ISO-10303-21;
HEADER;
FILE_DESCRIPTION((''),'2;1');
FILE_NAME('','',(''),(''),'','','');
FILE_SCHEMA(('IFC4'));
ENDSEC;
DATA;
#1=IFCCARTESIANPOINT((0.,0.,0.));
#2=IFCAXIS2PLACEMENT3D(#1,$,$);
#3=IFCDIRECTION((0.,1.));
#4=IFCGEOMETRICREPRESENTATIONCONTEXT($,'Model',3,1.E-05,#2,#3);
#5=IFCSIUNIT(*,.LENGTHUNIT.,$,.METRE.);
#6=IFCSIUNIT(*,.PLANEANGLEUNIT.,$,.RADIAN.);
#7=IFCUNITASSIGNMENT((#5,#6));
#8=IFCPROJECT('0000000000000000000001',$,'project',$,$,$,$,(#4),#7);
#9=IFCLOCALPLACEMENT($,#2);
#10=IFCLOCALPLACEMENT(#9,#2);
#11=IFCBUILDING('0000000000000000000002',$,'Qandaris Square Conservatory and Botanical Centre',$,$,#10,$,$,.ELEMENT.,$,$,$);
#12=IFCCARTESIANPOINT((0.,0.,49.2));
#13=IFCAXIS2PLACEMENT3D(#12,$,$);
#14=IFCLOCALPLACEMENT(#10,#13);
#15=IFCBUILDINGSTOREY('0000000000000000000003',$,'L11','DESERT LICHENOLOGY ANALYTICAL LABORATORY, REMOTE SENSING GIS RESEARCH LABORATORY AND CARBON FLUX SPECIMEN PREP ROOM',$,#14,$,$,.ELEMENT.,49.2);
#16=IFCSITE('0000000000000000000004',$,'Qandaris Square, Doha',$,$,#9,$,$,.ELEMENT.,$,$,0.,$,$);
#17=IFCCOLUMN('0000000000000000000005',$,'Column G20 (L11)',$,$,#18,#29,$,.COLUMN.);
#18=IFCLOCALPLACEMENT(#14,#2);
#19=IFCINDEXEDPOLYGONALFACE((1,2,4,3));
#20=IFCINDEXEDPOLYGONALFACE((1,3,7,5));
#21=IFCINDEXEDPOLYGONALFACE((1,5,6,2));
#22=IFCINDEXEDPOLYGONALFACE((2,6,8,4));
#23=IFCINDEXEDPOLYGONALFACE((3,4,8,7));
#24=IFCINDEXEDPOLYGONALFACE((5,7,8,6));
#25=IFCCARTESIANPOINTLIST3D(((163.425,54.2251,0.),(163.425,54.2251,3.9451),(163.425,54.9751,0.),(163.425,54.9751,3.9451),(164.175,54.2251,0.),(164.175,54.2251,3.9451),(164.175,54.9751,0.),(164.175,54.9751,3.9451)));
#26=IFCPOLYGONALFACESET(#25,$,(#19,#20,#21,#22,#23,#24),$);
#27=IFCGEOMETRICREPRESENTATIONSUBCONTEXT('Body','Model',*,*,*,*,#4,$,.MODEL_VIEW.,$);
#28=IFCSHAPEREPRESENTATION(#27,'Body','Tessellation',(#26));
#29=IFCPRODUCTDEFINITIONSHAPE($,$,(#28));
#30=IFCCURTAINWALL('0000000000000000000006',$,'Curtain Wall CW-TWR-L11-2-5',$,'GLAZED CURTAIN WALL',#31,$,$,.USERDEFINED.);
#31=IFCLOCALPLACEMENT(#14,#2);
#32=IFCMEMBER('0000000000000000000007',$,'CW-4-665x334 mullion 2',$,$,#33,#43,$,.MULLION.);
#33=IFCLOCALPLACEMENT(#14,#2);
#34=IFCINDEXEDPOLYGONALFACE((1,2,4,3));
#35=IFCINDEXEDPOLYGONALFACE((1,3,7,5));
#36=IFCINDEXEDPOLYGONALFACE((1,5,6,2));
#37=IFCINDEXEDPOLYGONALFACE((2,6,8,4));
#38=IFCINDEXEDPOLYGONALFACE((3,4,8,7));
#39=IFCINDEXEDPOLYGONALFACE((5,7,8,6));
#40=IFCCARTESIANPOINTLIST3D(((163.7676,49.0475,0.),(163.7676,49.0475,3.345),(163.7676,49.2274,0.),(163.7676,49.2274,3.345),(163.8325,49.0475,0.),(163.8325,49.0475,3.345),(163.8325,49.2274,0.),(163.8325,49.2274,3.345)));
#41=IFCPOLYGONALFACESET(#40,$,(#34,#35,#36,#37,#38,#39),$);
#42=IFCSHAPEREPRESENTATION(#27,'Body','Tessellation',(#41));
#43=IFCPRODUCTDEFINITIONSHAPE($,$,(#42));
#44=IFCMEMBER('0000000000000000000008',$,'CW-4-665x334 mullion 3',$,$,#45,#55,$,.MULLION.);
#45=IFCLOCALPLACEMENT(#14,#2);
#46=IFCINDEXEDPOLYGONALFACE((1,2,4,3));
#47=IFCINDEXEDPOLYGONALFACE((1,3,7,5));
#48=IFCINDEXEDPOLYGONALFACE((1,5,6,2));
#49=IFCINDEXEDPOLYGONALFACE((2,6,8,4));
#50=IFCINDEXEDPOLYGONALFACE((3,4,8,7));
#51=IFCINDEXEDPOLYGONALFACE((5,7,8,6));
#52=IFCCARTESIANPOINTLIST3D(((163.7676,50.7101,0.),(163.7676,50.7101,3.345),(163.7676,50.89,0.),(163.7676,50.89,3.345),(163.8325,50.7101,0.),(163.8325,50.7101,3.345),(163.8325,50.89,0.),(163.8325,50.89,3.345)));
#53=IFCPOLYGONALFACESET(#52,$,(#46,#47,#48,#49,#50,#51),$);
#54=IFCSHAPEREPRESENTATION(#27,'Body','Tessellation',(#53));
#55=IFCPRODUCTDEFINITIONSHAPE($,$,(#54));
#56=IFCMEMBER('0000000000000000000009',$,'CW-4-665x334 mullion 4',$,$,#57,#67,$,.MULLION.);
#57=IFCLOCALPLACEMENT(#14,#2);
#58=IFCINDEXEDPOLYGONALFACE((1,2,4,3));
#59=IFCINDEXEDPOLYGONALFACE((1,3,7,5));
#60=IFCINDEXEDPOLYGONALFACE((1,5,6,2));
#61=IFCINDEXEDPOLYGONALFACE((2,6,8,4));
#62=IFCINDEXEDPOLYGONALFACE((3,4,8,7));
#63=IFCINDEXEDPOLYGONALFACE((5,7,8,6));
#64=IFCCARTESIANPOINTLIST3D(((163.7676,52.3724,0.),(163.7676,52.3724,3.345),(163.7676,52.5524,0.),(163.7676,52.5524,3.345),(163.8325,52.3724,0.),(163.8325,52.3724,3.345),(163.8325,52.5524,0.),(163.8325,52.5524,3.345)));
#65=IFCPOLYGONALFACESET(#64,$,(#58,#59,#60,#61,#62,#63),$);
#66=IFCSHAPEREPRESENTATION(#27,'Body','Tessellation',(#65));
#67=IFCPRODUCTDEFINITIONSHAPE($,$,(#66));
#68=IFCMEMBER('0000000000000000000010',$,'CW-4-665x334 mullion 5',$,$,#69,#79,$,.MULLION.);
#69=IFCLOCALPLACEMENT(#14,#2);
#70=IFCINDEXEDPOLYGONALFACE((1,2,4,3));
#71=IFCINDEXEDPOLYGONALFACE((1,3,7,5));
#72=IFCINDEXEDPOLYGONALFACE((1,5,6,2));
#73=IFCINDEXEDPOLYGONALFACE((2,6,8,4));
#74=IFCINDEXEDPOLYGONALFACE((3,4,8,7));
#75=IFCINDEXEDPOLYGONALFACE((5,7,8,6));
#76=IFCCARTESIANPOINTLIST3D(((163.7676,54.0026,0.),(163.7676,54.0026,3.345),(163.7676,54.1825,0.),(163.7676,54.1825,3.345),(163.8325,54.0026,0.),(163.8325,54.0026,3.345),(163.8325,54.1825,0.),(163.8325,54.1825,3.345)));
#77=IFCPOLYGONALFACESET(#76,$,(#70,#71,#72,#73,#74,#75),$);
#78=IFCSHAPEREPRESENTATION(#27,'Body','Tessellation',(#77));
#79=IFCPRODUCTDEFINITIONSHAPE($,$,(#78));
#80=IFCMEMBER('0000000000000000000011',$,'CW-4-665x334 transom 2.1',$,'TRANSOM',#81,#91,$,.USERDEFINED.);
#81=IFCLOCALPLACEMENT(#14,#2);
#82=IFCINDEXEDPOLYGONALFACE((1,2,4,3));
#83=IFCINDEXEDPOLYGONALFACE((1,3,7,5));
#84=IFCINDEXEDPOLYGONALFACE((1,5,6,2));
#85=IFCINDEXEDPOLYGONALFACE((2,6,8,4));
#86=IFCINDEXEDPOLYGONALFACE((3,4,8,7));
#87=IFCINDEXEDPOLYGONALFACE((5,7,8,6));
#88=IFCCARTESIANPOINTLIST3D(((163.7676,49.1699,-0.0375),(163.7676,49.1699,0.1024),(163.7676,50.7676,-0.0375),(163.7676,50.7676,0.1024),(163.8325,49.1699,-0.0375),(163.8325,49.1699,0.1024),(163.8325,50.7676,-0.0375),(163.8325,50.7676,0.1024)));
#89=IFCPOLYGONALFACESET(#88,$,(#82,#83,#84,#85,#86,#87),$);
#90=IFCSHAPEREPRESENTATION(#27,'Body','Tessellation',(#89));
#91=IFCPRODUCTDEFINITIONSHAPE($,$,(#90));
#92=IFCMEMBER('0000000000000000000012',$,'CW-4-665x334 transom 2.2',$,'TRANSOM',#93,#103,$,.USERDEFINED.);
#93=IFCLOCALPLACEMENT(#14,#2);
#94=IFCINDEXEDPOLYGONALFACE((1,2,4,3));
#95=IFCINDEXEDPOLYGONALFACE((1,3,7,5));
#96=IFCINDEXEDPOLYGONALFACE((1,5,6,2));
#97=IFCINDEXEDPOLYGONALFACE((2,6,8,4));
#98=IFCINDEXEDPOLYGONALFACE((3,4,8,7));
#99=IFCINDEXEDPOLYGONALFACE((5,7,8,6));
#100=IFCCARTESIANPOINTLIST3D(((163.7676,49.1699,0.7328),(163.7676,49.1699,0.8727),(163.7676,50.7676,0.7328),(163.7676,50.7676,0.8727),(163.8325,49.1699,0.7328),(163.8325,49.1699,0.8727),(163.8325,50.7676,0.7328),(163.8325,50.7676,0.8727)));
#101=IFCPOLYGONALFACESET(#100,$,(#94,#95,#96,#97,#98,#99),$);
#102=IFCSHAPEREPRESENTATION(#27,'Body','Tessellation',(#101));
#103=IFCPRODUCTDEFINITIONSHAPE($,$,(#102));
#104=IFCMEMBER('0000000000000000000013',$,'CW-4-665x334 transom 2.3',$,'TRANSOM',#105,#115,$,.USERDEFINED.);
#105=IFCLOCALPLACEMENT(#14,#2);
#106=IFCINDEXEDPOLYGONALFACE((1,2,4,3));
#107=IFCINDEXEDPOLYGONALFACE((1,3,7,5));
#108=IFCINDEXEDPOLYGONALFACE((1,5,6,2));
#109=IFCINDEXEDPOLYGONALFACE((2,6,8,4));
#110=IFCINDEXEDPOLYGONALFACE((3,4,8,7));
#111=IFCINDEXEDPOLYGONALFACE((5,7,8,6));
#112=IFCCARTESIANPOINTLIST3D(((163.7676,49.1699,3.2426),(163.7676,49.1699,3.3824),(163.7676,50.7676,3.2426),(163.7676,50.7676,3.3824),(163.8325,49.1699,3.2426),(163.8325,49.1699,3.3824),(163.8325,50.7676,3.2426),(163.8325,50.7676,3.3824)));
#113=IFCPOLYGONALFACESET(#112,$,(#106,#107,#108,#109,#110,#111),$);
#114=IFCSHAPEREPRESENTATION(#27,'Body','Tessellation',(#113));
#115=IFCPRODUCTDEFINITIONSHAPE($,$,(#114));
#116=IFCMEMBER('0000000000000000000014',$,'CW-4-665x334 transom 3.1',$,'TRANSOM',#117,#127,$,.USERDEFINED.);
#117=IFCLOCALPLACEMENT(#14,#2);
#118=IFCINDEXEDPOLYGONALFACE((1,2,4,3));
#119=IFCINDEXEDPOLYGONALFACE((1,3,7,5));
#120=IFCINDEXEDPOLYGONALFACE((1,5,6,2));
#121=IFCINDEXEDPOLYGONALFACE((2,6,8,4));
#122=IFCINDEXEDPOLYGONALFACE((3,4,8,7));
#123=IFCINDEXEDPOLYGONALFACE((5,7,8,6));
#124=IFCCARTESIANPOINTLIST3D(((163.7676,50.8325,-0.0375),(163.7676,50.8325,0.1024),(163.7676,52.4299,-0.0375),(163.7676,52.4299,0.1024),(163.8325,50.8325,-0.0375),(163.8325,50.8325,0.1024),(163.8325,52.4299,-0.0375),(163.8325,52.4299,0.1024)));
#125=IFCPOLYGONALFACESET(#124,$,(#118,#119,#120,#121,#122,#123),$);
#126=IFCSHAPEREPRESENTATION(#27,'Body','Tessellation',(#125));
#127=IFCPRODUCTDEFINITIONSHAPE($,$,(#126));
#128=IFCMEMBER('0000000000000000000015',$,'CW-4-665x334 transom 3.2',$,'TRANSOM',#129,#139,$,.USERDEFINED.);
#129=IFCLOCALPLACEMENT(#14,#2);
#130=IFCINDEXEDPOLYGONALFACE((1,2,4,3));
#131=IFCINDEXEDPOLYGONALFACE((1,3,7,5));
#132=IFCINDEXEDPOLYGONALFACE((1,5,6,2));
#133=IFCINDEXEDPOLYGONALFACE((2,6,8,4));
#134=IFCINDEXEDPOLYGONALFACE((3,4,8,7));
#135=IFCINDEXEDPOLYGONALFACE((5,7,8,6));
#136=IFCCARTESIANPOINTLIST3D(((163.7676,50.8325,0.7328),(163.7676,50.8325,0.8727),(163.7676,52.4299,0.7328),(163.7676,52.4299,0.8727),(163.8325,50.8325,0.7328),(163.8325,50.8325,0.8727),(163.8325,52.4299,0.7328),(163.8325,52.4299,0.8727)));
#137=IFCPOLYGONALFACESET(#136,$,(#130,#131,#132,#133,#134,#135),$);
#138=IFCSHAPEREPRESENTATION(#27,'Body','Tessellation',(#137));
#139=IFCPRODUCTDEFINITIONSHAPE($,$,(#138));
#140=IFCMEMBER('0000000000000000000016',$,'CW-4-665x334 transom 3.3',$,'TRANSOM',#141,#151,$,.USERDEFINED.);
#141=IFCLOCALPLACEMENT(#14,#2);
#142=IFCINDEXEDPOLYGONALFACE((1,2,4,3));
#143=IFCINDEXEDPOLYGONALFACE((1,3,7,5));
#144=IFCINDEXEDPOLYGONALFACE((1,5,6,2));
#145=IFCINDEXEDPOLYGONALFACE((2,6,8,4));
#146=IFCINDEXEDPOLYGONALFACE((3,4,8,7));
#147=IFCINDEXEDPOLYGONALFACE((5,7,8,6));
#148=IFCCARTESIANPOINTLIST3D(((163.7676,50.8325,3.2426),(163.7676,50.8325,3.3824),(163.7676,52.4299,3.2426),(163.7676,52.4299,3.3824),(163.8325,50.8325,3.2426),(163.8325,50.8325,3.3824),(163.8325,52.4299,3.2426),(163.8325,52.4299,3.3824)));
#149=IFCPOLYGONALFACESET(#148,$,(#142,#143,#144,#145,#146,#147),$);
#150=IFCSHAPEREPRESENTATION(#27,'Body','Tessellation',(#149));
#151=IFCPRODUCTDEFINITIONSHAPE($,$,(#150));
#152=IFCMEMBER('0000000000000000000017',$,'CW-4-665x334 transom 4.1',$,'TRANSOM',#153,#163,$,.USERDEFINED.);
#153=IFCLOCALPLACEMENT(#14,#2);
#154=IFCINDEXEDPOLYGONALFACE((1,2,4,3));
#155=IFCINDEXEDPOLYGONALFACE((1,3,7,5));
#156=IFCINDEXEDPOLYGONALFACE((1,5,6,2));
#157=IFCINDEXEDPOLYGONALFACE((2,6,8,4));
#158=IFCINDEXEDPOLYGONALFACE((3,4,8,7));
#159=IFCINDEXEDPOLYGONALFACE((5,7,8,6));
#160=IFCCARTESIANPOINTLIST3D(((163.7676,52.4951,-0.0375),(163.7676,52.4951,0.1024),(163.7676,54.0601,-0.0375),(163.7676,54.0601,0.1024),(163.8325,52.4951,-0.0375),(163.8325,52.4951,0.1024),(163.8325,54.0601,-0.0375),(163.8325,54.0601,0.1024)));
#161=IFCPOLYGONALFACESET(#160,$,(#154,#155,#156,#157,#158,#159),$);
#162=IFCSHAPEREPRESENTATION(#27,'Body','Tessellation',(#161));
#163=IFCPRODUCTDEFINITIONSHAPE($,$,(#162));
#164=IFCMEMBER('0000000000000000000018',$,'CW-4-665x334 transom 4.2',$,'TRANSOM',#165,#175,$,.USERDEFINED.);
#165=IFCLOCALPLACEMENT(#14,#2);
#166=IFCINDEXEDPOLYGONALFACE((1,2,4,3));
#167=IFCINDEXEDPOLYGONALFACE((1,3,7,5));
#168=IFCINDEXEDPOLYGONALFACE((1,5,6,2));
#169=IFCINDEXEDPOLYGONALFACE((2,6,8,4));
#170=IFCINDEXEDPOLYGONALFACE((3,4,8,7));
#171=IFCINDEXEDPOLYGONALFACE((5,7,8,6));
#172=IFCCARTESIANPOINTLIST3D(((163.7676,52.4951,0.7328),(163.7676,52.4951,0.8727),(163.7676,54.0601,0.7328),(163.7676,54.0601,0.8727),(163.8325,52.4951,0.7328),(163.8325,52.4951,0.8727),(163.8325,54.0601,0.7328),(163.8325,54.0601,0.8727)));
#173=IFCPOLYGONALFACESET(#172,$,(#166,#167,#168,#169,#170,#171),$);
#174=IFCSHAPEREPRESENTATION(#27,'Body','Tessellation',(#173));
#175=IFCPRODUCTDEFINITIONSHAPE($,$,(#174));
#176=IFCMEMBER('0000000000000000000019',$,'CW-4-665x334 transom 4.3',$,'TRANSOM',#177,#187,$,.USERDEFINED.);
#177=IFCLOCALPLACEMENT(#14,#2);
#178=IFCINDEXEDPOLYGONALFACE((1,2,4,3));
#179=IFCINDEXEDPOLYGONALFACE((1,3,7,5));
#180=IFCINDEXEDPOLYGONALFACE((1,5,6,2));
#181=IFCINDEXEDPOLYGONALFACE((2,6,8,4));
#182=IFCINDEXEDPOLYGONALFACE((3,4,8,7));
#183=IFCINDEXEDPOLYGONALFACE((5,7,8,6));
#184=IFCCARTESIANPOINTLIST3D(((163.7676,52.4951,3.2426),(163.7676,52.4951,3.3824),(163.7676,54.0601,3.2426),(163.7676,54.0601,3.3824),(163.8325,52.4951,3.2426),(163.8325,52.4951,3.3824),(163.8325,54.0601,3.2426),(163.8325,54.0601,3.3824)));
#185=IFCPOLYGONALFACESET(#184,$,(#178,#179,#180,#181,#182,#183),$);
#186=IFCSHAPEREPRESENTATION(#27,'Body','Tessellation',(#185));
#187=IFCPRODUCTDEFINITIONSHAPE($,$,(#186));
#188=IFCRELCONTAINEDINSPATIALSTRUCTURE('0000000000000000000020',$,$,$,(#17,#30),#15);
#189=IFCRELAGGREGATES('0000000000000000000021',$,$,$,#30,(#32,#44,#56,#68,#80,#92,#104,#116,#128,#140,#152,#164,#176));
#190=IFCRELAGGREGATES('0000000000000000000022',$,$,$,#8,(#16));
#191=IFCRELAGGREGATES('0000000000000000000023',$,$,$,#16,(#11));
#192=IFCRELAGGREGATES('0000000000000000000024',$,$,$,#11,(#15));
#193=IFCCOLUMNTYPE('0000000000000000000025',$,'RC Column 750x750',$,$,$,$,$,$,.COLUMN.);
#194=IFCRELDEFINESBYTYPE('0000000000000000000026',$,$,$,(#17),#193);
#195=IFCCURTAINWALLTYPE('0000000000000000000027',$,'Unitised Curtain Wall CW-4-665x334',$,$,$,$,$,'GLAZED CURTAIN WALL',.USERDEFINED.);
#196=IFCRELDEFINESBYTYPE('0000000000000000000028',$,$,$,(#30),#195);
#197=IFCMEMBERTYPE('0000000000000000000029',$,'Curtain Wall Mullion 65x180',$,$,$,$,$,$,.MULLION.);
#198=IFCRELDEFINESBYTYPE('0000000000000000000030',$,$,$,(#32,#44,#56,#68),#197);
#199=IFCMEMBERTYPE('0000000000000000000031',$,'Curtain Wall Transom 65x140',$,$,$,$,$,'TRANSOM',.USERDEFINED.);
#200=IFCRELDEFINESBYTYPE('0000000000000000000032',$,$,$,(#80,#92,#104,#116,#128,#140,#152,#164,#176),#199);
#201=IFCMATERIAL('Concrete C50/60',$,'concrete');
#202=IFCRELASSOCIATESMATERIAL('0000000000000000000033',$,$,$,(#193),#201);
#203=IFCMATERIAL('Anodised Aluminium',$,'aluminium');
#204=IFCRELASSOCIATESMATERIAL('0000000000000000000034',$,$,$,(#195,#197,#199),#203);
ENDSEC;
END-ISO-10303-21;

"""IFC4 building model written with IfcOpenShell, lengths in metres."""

from ifc_helpers import new_model, si_unit, direction, frame, origin, origin_2d, place, context, subcontext, project, spatial, rectangle, extrude, material, material_profile, profile_set, type_object, element, aggregate, save


model = new_model("IFC4")

# Units and contexts
model_context = context("Model", 3, precision=1e-05, world=origin(), true_north=direction((0.0, 1.0)))
body_context = subcontext(model_context, "Body", "Model", "MODEL_VIEW")
ifc_project = project(units=[si_unit("LENGTHUNIT", "METRE"), si_unit("PLANEANGLEUNIT", "RADIAN")], contexts=[model_context])

# Site, building, storey
site_placement = place(None, origin())
site = spatial("IfcSite", under=ifc_project, at=site_placement, Name="Qandaris Square, Doha", CompositionType="ELEMENT", RefElevation=0.0)
building_placement = place(site_placement, origin())
building = spatial("IfcBuilding", under=site, at=building_placement, Name="Qandaris Square Conservatory and Botanical Centre", CompositionType="ELEMENT")
storey_placement = place(building_placement, frame((0.0, 0.0, 49.2)))
storey = spatial("IfcBuildingStorey", under=building, at=storey_placement, Name="L11", Description="DESERT LICHENOLOGY ANALYTICAL LABORATORY, REMOTE SENSING GIS RESEARCH LABORATORY AND CARBON FLUX SPECIMEN PREP ROOM", CompositionType="ELEMENT", Elevation=49.2)

# Column
ifc_material_1 = material(Name="Concrete C50/60", Category="concrete")
ifc_material_profile_1 = material_profile(ifc_material_1, rectangle(XDim=0.75, YDim=0.75, at=origin_2d()), Name="RC-COL 750x750")
ifc_profile_set_1 = profile_set([ifc_material_profile_1], Name="Concrete C50/60")
column_type = type_object("IfcColumnType", Name="RC Column 750x750", PredefinedType="COLUMN", material=ifc_profile_set_1)
column_placement = place(storey_placement, frame((163.8, 54.6001, 0.0), z_axis=(0.0, 0.0, 1.0), x_axis=(1.0, 0.0, 0.0)))
element("IfcColumn", 1, at=column_placement, inside=storey, type_object=column_type, Name="Column G20 (L11)", PredefinedType="COLUMN", context=body_context, shape_type="SweptSolid", body=[
    extrude(rectangle(XDim=0.75, YDim=0.75, at=origin_2d()), origin(), (0.0, 0.0, 1.0), 3.9451),
])

# Curtain wall, members
ifc_material_2 = material(Name="Anodised Aluminium", Category="aluminium")
curtain_wall_type = type_object("IfcCurtainWallType", Name="Unitised Curtain Wall CW-4-665x334", ElementType="GLAZED CURTAIN WALL", PredefinedType="USERDEFINED", material=ifc_material_2)
curtain_wall_placement = place(storey_placement, origin())
curtain_wall = element("IfcCurtainWall", 2, at=curtain_wall_placement, inside=storey, type_object=curtain_wall_type, Name="Curtain Wall CW-TWR-L11-2-5", ObjectType="GLAZED CURTAIN WALL", PredefinedType="USERDEFINED")
ifc_material_profile_2 = material_profile(ifc_material_2, rectangle(XDim=0.0649, YDim=0.1799, at=origin_2d()), Name="ALU-MUL 65x180")
ifc_profile_set_2 = profile_set([ifc_material_profile_2], Name="Anodised Aluminium")
member_type_1 = type_object("IfcMemberType", Name="Curtain Wall Mullion 65x180", PredefinedType="MULLION", material=ifc_profile_set_2)
member_1_placement = place(storey_placement, frame((163.8, 49.1375, 0.0), z_axis=(0.0, 0.0, 1.0), x_axis=(-1.0, 0.0, 0.0)))
member_1 = element("IfcMember", 3, at=member_1_placement, type_object=member_type_1, Name="CW-4-665x334 mullion 2", PredefinedType="MULLION", context=body_context, shape_type="SweptSolid", body=[
    extrude(rectangle(XDim=0.0649, YDim=0.1799, at=origin_2d()), origin(), (0.0, 0.0, 1.0), 3.345),
])
member_2_placement = place(storey_placement, frame((163.8, 50.8, 0.0), z_axis=(0.0, 0.0, 1.0), x_axis=(-1.0, 0.0, 0.0)))
member_2 = element("IfcMember", 4, at=member_2_placement, type_object=member_type_1, Name="CW-4-665x334 mullion 3", PredefinedType="MULLION", context=body_context, shape_type="SweptSolid", body=[
    extrude(rectangle(XDim=0.0649, YDim=0.1799, at=origin_2d()), origin(), (0.0, 0.0, 1.0), 3.345),
])
member_3_placement = place(storey_placement, frame((163.8, 52.4624, 0.0), z_axis=(0.0, 0.0, 1.0), x_axis=(-1.0, 0.0, 0.0)))
member_3 = element("IfcMember", 5, at=member_3_placement, type_object=member_type_1, Name="CW-4-665x334 mullion 4", PredefinedType="MULLION", context=body_context, shape_type="SweptSolid", body=[
    extrude(rectangle(XDim=0.0649, YDim=0.1799, at=origin_2d()), origin(), (0.0, 0.0, 1.0), 3.345),
])
member_4_placement = place(storey_placement, frame((163.8, 54.0925, 0.0), z_axis=(0.0, 0.0, 1.0), x_axis=(-1.0, 0.0, 0.0)))
member_4 = element("IfcMember", 6, at=member_4_placement, type_object=member_type_1, Name="CW-4-665x334 mullion 5", PredefinedType="MULLION", context=body_context, shape_type="SweptSolid", body=[
    extrude(rectangle(XDim=0.0649, YDim=0.1799, at=origin_2d()), origin(), (0.0, 0.0, 1.0), 3.345),
])
ifc_material_profile_3 = material_profile(ifc_material_2, rectangle(XDim=0.0649, YDim=0.1399, at=origin_2d()), Name="ALU-TRN 65x140")
ifc_profile_set_3 = profile_set([ifc_material_profile_3], Name="Anodised Aluminium")
member_type_2 = type_object("IfcMemberType", Name="Curtain Wall Transom 65x140", ElementType="TRANSOM", PredefinedType="USERDEFINED", material=ifc_profile_set_3)
member_5_placement = place(storey_placement, frame((163.8, 49.1699, 0.0325), z_axis=(0.0, 1.0, 0.0), x_axis=(-1.0, 0.0, 0.0)))
member_5 = element("IfcMember", 7, at=member_5_placement, type_object=member_type_2, Name="CW-4-665x334 transom 2.1", ObjectType="TRANSOM", PredefinedType="USERDEFINED", context=body_context, shape_type="SweptSolid", body=[
    extrude(rectangle(XDim=0.0649, YDim=0.1399, at=origin_2d()), origin(), (0.0, 0.0, 1.0), 1.5977),
])
member_6_placement = place(storey_placement, frame((163.8, 49.1699, 0.8027), z_axis=(0.0, 1.0, 0.0), x_axis=(-1.0, 0.0, 0.0)))
member_6 = element("IfcMember", 8, at=member_6_placement, type_object=member_type_2, Name="CW-4-665x334 transom 2.2", ObjectType="TRANSOM", PredefinedType="USERDEFINED", context=body_context, shape_type="SweptSolid", body=[
    extrude(rectangle(XDim=0.0649, YDim=0.1399, at=origin_2d()), origin(), (0.0, 0.0, 1.0), 1.5977),
])
member_7_placement = place(storey_placement, frame((163.8, 49.1699, 3.3125), z_axis=(0.0, 1.0, 0.0), x_axis=(-1.0, 0.0, 0.0)))
member_7 = element("IfcMember", 9, at=member_7_placement, type_object=member_type_2, Name="CW-4-665x334 transom 2.3", ObjectType="TRANSOM", PredefinedType="USERDEFINED", context=body_context, shape_type="SweptSolid", body=[
    extrude(rectangle(XDim=0.0649, YDim=0.1399, at=origin_2d()), origin(), (0.0, 0.0, 1.0), 1.5977),
])
member_8_placement = place(storey_placement, frame((163.8, 50.8325, 0.0325), z_axis=(0.0, 1.0, 0.0), x_axis=(-1.0, 0.0, 0.0)))
member_8 = element("IfcMember", 10, at=member_8_placement, type_object=member_type_2, Name="CW-4-665x334 transom 3.1", ObjectType="TRANSOM", PredefinedType="USERDEFINED", context=body_context, shape_type="SweptSolid", body=[
    extrude(rectangle(XDim=0.0649, YDim=0.1399, at=origin_2d()), origin(), (0.0, 0.0, 1.0), 1.5974),
])
member_9_placement = place(storey_placement, frame((163.8, 50.8325, 0.8027), z_axis=(0.0, 1.0, 0.0), x_axis=(-1.0, 0.0, 0.0)))
member_9 = element("IfcMember", 11, at=member_9_placement, type_object=member_type_2, Name="CW-4-665x334 transom 3.2", ObjectType="TRANSOM", PredefinedType="USERDEFINED", context=body_context, shape_type="SweptSolid", body=[
    extrude(rectangle(XDim=0.0649, YDim=0.1399, at=origin_2d()), origin(), (0.0, 0.0, 1.0), 1.5974),
])
member_10_placement = place(storey_placement, frame((163.8, 50.8325, 3.3125), z_axis=(0.0, 1.0, 0.0), x_axis=(-1.0, 0.0, 0.0)))
member_10 = element("IfcMember", 12, at=member_10_placement, type_object=member_type_2, Name="CW-4-665x334 transom 3.3", ObjectType="TRANSOM", PredefinedType="USERDEFINED", context=body_context, shape_type="SweptSolid", body=[
    extrude(rectangle(XDim=0.0649, YDim=0.1399, at=origin_2d()), origin(), (0.0, 0.0, 1.0), 1.5974),
])
member_11_placement = place(storey_placement, frame((163.8, 52.4951, 0.0325), z_axis=(0.0, 1.0, 0.0), x_axis=(-1.0, 0.0, 0.0)))
member_11 = element("IfcMember", 13, at=member_11_placement, type_object=member_type_2, Name="CW-4-665x334 transom 4.1", ObjectType="TRANSOM", PredefinedType="USERDEFINED", context=body_context, shape_type="SweptSolid", body=[
    extrude(rectangle(XDim=0.0649, YDim=0.1399, at=origin_2d()), origin(), (0.0, 0.0, 1.0), 1.5649),
])
member_12_placement = place(storey_placement, frame((163.8, 52.4951, 0.8027), z_axis=(0.0, 1.0, 0.0), x_axis=(-1.0, 0.0, 0.0)))
member_12 = element("IfcMember", 14, at=member_12_placement, type_object=member_type_2, Name="CW-4-665x334 transom 4.2", ObjectType="TRANSOM", PredefinedType="USERDEFINED", context=body_context, shape_type="SweptSolid", body=[
    extrude(rectangle(XDim=0.0649, YDim=0.1399, at=origin_2d()), origin(), (0.0, 0.0, 1.0), 1.5649),
])
member_13_placement = place(storey_placement, frame((163.8, 52.4951, 3.3125), z_axis=(0.0, 1.0, 0.0), x_axis=(-1.0, 0.0, 0.0)))
member_13 = element("IfcMember", 15, at=member_13_placement, type_object=member_type_2, Name="CW-4-665x334 transom 4.3", ObjectType="TRANSOM", PredefinedType="USERDEFINED", context=body_context, shape_type="SweptSolid", body=[
    extrude(rectangle(XDim=0.0649, YDim=0.1399, at=origin_2d()), origin(), (0.0, 0.0, 1.0), 1.5649),
])

aggregate(curtain_wall, [member_1, member_2, member_3, member_4, member_5, member_6, member_7, member_8, member_9, member_10, member_11, member_12, member_13])

save(model, "model.ifc")
